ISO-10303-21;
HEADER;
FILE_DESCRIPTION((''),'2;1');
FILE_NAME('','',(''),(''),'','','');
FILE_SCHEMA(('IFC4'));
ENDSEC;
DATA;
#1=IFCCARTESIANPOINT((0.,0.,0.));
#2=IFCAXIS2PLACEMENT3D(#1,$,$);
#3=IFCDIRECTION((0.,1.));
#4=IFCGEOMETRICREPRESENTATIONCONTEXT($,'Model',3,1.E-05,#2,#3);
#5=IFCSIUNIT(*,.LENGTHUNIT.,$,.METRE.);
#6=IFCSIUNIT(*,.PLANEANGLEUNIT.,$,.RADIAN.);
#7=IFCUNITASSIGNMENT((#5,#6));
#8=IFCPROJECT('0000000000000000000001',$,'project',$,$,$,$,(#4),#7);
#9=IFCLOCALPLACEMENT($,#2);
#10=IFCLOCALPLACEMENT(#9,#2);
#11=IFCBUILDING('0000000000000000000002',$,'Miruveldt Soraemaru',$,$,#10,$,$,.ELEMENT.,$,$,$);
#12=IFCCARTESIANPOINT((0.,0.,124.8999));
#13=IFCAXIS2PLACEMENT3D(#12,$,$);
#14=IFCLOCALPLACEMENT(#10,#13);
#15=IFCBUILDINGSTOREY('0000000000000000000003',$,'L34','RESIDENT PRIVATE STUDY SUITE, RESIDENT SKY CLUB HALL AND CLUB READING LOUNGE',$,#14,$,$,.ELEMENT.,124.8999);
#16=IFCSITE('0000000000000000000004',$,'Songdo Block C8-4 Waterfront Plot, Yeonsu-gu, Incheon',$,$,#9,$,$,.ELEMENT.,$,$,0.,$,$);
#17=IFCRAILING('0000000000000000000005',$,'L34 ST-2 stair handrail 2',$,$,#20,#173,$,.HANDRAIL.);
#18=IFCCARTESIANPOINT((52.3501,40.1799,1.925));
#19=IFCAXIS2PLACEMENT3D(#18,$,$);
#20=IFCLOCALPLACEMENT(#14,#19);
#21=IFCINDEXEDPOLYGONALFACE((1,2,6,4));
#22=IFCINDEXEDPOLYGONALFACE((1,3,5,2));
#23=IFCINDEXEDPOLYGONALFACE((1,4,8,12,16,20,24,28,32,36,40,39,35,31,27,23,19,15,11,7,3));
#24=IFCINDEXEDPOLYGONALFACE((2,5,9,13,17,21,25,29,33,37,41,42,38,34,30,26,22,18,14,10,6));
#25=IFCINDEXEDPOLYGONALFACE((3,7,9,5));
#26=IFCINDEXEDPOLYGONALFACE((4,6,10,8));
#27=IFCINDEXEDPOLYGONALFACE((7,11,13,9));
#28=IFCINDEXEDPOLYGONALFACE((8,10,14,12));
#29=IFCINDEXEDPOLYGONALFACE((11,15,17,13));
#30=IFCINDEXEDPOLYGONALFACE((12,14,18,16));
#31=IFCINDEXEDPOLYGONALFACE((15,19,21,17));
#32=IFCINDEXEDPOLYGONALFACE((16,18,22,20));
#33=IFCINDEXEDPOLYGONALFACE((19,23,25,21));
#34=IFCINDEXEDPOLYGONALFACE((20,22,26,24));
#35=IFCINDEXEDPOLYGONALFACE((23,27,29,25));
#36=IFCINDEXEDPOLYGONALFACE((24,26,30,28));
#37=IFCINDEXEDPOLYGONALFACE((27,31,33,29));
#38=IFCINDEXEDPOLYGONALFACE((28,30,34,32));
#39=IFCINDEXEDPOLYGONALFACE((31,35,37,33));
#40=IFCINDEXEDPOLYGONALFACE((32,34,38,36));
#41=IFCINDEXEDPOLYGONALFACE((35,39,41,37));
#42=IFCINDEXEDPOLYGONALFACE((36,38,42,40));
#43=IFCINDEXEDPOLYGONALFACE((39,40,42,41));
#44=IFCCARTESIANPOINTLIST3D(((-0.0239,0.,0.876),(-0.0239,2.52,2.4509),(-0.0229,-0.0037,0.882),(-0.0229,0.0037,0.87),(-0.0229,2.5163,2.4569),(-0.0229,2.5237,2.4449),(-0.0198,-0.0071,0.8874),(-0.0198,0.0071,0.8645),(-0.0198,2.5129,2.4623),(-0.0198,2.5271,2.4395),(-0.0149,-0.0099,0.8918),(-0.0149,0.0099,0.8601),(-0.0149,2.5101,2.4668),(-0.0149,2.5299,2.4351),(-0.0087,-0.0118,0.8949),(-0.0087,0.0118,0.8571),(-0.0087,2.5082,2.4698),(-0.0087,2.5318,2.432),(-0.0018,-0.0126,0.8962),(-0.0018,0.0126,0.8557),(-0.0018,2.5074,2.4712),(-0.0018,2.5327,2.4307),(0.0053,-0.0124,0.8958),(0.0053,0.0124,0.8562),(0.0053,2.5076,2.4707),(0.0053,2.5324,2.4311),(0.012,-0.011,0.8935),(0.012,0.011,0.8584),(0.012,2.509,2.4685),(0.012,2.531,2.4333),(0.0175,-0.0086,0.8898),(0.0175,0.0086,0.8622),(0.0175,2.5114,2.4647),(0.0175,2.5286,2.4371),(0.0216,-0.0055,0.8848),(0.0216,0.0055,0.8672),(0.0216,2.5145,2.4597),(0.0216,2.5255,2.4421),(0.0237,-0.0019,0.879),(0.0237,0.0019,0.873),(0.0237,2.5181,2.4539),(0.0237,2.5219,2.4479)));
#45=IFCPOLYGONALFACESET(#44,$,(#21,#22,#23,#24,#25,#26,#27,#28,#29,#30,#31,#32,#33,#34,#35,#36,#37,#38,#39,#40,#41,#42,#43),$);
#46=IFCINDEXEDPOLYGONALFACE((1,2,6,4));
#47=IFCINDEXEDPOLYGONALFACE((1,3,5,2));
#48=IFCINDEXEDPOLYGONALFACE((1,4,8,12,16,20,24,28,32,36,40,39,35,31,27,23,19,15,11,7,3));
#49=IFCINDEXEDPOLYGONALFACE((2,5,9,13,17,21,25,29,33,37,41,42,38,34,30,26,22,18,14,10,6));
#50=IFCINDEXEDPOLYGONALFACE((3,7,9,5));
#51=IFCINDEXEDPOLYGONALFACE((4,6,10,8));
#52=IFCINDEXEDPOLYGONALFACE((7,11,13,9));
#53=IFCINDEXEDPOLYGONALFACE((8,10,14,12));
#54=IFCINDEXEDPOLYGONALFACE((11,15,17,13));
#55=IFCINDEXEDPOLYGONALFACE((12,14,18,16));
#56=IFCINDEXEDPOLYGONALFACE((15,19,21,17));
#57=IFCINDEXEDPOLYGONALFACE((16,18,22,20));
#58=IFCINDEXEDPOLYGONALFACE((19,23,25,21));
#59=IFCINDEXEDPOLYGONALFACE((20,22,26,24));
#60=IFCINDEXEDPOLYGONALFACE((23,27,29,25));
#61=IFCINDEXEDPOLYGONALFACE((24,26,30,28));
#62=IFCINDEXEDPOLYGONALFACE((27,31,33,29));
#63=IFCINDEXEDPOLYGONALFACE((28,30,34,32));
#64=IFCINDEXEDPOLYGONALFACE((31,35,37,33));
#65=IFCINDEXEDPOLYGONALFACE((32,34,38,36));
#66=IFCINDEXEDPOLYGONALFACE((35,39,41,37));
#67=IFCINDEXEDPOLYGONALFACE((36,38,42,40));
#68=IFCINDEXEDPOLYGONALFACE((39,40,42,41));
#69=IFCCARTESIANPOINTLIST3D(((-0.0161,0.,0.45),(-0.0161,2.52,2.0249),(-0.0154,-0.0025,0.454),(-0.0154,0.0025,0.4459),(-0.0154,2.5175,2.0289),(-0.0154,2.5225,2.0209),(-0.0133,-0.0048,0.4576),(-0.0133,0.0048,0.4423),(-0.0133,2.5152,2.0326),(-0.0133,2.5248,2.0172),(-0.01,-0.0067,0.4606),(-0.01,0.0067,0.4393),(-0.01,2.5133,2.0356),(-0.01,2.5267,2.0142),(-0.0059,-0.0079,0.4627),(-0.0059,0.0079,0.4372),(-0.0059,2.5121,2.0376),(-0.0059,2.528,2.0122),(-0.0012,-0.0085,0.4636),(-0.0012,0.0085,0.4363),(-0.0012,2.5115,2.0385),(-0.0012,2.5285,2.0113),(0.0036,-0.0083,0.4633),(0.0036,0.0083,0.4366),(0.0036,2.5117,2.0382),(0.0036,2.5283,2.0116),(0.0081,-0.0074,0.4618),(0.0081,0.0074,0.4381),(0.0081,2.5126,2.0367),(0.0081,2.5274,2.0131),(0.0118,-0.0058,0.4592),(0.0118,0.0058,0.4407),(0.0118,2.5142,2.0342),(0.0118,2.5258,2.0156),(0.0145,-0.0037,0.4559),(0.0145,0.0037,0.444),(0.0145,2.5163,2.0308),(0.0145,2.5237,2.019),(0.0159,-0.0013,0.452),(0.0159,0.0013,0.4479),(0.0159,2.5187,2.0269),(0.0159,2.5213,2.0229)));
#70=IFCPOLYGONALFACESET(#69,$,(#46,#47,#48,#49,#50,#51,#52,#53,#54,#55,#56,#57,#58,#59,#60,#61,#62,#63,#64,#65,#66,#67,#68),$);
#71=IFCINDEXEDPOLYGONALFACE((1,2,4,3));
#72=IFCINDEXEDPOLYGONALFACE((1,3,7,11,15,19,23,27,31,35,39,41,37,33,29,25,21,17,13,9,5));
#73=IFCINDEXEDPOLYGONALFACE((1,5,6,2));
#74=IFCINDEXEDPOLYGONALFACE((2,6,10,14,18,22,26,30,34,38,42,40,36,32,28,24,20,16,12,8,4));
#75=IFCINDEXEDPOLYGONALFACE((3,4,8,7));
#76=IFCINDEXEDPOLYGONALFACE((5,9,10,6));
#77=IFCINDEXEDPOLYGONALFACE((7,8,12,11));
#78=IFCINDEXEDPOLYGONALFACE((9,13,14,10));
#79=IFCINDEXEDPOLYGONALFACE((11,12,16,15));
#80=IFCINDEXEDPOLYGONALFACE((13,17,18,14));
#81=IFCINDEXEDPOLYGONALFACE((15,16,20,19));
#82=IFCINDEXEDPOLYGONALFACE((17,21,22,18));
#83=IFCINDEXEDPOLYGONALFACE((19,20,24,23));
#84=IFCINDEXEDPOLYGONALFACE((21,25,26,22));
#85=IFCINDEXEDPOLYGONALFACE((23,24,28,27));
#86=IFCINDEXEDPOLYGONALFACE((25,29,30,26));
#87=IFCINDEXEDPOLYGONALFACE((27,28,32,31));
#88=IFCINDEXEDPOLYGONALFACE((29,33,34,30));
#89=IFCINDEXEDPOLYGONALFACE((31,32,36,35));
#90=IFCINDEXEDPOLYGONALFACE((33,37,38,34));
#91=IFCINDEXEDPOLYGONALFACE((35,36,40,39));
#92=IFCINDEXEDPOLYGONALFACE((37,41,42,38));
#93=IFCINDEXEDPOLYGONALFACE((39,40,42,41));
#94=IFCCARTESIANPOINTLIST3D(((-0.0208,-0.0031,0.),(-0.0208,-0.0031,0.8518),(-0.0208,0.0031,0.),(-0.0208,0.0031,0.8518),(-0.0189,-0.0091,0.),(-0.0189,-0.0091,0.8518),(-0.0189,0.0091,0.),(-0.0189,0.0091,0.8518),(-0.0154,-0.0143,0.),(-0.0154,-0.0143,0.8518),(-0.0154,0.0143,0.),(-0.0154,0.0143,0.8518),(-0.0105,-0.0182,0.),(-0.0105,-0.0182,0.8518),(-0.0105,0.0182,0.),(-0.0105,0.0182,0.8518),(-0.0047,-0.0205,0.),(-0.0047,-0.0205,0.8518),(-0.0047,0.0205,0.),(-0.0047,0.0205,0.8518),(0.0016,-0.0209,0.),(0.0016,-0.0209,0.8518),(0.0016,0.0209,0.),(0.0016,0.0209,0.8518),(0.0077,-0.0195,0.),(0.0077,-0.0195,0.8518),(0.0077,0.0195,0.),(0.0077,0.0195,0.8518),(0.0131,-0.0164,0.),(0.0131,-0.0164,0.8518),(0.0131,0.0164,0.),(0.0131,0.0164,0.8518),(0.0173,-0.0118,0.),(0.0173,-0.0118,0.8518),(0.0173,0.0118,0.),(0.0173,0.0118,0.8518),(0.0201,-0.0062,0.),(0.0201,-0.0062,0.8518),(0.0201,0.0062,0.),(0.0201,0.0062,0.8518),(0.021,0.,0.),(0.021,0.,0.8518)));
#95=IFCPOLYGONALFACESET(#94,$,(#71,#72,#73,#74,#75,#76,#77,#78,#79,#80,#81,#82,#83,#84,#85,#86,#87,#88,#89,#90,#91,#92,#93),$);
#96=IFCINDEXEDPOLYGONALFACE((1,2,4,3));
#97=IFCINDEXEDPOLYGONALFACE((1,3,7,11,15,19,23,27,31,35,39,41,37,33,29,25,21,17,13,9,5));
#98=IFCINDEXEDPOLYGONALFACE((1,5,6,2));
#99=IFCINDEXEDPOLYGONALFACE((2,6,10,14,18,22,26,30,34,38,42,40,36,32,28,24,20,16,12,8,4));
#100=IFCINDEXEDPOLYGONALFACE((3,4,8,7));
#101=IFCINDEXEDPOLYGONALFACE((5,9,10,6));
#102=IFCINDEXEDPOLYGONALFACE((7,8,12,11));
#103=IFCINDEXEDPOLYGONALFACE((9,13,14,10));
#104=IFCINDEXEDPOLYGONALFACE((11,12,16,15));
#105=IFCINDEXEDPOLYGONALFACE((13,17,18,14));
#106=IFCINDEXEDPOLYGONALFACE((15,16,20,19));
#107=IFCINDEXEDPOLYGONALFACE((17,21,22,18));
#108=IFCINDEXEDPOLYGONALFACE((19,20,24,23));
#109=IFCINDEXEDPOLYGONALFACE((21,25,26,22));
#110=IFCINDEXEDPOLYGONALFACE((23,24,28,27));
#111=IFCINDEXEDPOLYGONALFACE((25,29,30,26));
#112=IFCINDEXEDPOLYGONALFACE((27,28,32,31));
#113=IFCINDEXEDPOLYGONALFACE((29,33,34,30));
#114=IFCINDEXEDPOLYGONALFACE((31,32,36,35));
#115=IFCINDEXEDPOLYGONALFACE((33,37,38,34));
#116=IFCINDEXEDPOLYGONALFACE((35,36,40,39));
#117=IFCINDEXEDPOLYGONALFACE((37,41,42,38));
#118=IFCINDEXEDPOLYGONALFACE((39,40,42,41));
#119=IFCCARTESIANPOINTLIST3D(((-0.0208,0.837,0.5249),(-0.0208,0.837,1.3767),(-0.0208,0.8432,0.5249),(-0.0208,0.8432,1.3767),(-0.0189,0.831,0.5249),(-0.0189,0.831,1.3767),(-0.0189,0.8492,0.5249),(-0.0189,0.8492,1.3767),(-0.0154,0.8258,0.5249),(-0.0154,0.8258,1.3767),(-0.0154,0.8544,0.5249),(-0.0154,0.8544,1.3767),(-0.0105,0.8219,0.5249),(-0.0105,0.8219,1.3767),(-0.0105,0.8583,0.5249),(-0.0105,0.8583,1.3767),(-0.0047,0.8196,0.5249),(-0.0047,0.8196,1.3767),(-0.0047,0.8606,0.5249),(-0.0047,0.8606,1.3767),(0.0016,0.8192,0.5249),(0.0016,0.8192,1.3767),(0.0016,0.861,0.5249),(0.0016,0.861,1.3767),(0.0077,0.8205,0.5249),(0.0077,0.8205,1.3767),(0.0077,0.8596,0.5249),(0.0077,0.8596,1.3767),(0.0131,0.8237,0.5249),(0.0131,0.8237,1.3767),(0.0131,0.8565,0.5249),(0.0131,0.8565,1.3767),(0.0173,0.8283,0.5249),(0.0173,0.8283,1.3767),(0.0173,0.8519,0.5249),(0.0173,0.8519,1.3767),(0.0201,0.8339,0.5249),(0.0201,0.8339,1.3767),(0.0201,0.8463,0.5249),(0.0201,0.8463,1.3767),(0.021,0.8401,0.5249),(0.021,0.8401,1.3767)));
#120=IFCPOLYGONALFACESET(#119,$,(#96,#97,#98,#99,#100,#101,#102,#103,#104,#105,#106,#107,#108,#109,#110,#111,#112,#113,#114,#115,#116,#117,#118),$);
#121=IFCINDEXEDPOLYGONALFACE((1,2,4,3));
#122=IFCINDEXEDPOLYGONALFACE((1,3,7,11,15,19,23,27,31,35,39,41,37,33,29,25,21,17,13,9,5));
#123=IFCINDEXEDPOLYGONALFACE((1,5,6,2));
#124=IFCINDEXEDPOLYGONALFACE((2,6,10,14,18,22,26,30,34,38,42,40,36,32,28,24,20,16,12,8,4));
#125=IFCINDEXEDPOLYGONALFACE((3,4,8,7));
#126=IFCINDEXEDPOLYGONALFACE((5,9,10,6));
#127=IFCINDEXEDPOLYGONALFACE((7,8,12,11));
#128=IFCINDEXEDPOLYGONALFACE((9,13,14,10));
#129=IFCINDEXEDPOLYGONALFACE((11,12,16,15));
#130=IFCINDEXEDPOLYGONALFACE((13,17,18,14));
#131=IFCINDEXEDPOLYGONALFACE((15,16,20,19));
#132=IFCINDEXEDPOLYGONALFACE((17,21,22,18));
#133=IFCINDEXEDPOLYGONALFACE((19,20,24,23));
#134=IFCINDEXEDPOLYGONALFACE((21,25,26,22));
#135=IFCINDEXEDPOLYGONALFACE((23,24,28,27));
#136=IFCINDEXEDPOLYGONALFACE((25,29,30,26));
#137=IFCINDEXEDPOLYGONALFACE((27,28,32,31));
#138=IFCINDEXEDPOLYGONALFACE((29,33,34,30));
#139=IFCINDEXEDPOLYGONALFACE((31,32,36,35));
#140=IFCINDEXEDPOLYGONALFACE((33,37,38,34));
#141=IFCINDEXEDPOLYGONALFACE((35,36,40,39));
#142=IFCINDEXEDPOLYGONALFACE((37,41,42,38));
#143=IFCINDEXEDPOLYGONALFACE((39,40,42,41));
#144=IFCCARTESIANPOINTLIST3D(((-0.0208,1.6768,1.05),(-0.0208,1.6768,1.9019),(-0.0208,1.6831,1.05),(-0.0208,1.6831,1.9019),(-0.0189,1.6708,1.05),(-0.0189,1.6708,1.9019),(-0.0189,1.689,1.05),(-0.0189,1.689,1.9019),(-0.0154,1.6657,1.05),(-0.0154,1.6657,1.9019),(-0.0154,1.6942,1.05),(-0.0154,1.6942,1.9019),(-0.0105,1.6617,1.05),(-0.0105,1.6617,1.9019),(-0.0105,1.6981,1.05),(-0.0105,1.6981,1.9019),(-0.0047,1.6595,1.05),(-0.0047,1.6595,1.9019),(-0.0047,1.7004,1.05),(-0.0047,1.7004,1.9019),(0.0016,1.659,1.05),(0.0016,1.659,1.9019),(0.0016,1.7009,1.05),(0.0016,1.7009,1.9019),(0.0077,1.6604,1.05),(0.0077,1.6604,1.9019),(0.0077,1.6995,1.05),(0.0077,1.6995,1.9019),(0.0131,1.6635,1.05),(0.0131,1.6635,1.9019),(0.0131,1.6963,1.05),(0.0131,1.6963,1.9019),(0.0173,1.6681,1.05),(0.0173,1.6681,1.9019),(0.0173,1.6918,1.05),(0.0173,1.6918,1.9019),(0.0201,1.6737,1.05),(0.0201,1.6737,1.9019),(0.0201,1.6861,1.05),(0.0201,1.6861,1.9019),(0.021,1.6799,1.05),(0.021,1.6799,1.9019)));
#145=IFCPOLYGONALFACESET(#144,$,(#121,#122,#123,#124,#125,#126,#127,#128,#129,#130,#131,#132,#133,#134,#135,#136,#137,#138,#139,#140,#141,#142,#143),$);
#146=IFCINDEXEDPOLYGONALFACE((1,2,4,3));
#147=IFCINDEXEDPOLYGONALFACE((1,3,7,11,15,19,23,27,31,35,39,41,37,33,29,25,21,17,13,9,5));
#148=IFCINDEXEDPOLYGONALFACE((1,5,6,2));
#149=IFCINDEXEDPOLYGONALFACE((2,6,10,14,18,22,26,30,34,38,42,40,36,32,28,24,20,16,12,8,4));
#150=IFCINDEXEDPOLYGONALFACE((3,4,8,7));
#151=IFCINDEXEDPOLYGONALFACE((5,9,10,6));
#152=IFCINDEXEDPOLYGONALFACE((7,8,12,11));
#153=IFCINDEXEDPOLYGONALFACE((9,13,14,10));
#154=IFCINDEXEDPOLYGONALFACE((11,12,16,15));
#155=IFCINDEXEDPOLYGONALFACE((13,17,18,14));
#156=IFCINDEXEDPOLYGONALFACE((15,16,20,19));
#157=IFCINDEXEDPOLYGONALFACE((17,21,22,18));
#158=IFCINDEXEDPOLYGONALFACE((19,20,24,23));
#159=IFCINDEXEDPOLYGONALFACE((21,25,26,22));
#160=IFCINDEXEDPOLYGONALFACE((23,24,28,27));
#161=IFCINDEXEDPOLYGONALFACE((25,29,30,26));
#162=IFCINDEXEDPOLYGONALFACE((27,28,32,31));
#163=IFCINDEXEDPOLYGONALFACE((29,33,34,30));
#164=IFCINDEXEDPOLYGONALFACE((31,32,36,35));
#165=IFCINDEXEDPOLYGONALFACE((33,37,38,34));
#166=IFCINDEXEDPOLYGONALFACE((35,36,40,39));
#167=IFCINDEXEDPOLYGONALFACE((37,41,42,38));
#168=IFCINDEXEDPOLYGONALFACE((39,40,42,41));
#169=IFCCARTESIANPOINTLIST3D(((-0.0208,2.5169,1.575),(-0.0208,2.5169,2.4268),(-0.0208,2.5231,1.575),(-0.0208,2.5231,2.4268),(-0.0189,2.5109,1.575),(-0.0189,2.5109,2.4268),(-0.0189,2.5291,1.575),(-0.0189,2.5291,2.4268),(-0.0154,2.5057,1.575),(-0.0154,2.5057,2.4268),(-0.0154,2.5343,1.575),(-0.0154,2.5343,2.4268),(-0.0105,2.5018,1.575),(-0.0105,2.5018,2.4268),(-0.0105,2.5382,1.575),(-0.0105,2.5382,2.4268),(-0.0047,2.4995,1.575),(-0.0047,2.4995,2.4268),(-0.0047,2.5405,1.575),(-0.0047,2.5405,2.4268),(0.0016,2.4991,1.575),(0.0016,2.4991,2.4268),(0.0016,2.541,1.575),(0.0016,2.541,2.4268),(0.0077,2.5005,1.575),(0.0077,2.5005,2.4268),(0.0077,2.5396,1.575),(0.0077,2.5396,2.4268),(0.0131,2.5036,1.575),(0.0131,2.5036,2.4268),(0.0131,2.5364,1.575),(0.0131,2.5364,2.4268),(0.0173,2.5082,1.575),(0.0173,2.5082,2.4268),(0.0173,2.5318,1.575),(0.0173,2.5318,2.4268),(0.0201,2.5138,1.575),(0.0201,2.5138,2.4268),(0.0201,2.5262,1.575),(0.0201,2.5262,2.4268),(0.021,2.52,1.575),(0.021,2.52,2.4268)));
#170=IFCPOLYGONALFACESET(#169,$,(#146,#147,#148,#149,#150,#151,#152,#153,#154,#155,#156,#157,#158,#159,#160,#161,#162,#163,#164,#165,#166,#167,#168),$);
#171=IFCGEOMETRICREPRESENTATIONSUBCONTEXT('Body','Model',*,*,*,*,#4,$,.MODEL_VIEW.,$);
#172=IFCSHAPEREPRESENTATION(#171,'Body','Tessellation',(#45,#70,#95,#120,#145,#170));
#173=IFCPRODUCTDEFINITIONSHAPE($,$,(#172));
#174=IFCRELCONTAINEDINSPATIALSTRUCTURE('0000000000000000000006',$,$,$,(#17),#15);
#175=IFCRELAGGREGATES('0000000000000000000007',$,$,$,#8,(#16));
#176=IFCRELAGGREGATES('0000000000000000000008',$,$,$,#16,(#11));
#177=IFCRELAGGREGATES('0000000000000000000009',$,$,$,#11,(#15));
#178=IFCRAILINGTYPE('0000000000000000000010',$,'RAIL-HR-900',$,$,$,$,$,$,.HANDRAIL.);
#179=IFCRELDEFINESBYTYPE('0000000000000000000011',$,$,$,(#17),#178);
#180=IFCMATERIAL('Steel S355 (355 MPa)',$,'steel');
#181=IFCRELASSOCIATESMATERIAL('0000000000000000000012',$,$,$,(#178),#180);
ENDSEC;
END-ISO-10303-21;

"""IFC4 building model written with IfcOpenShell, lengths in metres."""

from ifc_helpers import new_model, si_unit, direction, frame, origin, origin_2d, place, context, subcontext, project, spatial, circle, extrude, material, type_object, element, save


model = new_model("IFC4")

# Units and contexts
model_context = context("Model", 3, precision=1e-05, world=origin(), true_north=direction((0.0, 1.0)))
body_context = subcontext(model_context, "Body", "Model", "MODEL_VIEW")
ifc_project = project(units=[si_unit("LENGTHUNIT", "METRE"), si_unit("PLANEANGLEUNIT", "RADIAN")], contexts=[model_context])

# Site, building, storey
site_placement = place(None, origin())
site = spatial("IfcSite", under=ifc_project, at=site_placement, Name="Songdo Block C8-4 Waterfront Plot, Yeonsu-gu, Incheon", CompositionType="ELEMENT", RefElevation=0.0)
building_placement = place(site_placement, origin())
building = spatial("IfcBuilding", under=site, at=building_placement, Name="Miruveldt Soraemaru", CompositionType="ELEMENT")
storey_placement = place(building_placement, frame((0.0, 0.0, 124.8999)))
storey = spatial("IfcBuildingStorey", under=building, at=storey_placement, Name="L34", Description="RESIDENT PRIVATE STUDY SUITE, RESIDENT SKY CLUB HALL AND CLUB READING LOUNGE", CompositionType="ELEMENT", Elevation=124.8999)

# Railing
ifc_material_1 = material(Name="Steel S355 (355 MPa)", Category="steel")
railing_type_1 = type_object("IfcRailingType", Name="RAIL-HR-900", PredefinedType="HANDRAIL", material=ifc_material_1)
railing_1_placement = place(storey_placement, frame((52.3501, 40.1799, 1.925)))
element("IfcRailing", 1, at=railing_1_placement, inside=storey, type_object=railing_type_1, Name="L34 ST-2 stair handrail 2", PredefinedType="HANDRAIL", context=body_context, shape_type="SweptSolid", body=[
    extrude(circle(Radius=0.0239, at=origin_2d()), frame((0.0, 0.0, 0.876), z_axis=(0.0, 0.848008, 0.529984), x_axis=(-1.0, 0.0, 0.0)), (0.0, 0.0, 1.0), 2.9717),
    extrude(circle(Radius=0.0161, at=origin_2d()), frame((0.0, 0.0, 0.45), z_axis=(0.0, 0.848008, 0.529984), x_axis=(-1.0, 0.0, 0.0)), (0.0, 0.0, 1.0), 2.9717),
    extrude(circle(Radius=0.021, at=origin_2d()), origin(), (0.0, 0.0, 1.0), 0.8518),
    extrude(circle(Radius=0.021, at=origin_2d()), frame((0.0, 0.8401, 0.5249)), (0.0, 0.0, 1.0), 0.8518),
    extrude(circle(Radius=0.021, at=origin_2d()), frame((0.0, 1.6799, 1.05)), (0.0, 0.0, 1.0), 0.8518),
    extrude(circle(Radius=0.021, at=origin_2d()), frame((0.0, 2.52, 1.575)), (0.0, 0.0, 1.0), 0.8518),
])

save(model, "model.ifc")
